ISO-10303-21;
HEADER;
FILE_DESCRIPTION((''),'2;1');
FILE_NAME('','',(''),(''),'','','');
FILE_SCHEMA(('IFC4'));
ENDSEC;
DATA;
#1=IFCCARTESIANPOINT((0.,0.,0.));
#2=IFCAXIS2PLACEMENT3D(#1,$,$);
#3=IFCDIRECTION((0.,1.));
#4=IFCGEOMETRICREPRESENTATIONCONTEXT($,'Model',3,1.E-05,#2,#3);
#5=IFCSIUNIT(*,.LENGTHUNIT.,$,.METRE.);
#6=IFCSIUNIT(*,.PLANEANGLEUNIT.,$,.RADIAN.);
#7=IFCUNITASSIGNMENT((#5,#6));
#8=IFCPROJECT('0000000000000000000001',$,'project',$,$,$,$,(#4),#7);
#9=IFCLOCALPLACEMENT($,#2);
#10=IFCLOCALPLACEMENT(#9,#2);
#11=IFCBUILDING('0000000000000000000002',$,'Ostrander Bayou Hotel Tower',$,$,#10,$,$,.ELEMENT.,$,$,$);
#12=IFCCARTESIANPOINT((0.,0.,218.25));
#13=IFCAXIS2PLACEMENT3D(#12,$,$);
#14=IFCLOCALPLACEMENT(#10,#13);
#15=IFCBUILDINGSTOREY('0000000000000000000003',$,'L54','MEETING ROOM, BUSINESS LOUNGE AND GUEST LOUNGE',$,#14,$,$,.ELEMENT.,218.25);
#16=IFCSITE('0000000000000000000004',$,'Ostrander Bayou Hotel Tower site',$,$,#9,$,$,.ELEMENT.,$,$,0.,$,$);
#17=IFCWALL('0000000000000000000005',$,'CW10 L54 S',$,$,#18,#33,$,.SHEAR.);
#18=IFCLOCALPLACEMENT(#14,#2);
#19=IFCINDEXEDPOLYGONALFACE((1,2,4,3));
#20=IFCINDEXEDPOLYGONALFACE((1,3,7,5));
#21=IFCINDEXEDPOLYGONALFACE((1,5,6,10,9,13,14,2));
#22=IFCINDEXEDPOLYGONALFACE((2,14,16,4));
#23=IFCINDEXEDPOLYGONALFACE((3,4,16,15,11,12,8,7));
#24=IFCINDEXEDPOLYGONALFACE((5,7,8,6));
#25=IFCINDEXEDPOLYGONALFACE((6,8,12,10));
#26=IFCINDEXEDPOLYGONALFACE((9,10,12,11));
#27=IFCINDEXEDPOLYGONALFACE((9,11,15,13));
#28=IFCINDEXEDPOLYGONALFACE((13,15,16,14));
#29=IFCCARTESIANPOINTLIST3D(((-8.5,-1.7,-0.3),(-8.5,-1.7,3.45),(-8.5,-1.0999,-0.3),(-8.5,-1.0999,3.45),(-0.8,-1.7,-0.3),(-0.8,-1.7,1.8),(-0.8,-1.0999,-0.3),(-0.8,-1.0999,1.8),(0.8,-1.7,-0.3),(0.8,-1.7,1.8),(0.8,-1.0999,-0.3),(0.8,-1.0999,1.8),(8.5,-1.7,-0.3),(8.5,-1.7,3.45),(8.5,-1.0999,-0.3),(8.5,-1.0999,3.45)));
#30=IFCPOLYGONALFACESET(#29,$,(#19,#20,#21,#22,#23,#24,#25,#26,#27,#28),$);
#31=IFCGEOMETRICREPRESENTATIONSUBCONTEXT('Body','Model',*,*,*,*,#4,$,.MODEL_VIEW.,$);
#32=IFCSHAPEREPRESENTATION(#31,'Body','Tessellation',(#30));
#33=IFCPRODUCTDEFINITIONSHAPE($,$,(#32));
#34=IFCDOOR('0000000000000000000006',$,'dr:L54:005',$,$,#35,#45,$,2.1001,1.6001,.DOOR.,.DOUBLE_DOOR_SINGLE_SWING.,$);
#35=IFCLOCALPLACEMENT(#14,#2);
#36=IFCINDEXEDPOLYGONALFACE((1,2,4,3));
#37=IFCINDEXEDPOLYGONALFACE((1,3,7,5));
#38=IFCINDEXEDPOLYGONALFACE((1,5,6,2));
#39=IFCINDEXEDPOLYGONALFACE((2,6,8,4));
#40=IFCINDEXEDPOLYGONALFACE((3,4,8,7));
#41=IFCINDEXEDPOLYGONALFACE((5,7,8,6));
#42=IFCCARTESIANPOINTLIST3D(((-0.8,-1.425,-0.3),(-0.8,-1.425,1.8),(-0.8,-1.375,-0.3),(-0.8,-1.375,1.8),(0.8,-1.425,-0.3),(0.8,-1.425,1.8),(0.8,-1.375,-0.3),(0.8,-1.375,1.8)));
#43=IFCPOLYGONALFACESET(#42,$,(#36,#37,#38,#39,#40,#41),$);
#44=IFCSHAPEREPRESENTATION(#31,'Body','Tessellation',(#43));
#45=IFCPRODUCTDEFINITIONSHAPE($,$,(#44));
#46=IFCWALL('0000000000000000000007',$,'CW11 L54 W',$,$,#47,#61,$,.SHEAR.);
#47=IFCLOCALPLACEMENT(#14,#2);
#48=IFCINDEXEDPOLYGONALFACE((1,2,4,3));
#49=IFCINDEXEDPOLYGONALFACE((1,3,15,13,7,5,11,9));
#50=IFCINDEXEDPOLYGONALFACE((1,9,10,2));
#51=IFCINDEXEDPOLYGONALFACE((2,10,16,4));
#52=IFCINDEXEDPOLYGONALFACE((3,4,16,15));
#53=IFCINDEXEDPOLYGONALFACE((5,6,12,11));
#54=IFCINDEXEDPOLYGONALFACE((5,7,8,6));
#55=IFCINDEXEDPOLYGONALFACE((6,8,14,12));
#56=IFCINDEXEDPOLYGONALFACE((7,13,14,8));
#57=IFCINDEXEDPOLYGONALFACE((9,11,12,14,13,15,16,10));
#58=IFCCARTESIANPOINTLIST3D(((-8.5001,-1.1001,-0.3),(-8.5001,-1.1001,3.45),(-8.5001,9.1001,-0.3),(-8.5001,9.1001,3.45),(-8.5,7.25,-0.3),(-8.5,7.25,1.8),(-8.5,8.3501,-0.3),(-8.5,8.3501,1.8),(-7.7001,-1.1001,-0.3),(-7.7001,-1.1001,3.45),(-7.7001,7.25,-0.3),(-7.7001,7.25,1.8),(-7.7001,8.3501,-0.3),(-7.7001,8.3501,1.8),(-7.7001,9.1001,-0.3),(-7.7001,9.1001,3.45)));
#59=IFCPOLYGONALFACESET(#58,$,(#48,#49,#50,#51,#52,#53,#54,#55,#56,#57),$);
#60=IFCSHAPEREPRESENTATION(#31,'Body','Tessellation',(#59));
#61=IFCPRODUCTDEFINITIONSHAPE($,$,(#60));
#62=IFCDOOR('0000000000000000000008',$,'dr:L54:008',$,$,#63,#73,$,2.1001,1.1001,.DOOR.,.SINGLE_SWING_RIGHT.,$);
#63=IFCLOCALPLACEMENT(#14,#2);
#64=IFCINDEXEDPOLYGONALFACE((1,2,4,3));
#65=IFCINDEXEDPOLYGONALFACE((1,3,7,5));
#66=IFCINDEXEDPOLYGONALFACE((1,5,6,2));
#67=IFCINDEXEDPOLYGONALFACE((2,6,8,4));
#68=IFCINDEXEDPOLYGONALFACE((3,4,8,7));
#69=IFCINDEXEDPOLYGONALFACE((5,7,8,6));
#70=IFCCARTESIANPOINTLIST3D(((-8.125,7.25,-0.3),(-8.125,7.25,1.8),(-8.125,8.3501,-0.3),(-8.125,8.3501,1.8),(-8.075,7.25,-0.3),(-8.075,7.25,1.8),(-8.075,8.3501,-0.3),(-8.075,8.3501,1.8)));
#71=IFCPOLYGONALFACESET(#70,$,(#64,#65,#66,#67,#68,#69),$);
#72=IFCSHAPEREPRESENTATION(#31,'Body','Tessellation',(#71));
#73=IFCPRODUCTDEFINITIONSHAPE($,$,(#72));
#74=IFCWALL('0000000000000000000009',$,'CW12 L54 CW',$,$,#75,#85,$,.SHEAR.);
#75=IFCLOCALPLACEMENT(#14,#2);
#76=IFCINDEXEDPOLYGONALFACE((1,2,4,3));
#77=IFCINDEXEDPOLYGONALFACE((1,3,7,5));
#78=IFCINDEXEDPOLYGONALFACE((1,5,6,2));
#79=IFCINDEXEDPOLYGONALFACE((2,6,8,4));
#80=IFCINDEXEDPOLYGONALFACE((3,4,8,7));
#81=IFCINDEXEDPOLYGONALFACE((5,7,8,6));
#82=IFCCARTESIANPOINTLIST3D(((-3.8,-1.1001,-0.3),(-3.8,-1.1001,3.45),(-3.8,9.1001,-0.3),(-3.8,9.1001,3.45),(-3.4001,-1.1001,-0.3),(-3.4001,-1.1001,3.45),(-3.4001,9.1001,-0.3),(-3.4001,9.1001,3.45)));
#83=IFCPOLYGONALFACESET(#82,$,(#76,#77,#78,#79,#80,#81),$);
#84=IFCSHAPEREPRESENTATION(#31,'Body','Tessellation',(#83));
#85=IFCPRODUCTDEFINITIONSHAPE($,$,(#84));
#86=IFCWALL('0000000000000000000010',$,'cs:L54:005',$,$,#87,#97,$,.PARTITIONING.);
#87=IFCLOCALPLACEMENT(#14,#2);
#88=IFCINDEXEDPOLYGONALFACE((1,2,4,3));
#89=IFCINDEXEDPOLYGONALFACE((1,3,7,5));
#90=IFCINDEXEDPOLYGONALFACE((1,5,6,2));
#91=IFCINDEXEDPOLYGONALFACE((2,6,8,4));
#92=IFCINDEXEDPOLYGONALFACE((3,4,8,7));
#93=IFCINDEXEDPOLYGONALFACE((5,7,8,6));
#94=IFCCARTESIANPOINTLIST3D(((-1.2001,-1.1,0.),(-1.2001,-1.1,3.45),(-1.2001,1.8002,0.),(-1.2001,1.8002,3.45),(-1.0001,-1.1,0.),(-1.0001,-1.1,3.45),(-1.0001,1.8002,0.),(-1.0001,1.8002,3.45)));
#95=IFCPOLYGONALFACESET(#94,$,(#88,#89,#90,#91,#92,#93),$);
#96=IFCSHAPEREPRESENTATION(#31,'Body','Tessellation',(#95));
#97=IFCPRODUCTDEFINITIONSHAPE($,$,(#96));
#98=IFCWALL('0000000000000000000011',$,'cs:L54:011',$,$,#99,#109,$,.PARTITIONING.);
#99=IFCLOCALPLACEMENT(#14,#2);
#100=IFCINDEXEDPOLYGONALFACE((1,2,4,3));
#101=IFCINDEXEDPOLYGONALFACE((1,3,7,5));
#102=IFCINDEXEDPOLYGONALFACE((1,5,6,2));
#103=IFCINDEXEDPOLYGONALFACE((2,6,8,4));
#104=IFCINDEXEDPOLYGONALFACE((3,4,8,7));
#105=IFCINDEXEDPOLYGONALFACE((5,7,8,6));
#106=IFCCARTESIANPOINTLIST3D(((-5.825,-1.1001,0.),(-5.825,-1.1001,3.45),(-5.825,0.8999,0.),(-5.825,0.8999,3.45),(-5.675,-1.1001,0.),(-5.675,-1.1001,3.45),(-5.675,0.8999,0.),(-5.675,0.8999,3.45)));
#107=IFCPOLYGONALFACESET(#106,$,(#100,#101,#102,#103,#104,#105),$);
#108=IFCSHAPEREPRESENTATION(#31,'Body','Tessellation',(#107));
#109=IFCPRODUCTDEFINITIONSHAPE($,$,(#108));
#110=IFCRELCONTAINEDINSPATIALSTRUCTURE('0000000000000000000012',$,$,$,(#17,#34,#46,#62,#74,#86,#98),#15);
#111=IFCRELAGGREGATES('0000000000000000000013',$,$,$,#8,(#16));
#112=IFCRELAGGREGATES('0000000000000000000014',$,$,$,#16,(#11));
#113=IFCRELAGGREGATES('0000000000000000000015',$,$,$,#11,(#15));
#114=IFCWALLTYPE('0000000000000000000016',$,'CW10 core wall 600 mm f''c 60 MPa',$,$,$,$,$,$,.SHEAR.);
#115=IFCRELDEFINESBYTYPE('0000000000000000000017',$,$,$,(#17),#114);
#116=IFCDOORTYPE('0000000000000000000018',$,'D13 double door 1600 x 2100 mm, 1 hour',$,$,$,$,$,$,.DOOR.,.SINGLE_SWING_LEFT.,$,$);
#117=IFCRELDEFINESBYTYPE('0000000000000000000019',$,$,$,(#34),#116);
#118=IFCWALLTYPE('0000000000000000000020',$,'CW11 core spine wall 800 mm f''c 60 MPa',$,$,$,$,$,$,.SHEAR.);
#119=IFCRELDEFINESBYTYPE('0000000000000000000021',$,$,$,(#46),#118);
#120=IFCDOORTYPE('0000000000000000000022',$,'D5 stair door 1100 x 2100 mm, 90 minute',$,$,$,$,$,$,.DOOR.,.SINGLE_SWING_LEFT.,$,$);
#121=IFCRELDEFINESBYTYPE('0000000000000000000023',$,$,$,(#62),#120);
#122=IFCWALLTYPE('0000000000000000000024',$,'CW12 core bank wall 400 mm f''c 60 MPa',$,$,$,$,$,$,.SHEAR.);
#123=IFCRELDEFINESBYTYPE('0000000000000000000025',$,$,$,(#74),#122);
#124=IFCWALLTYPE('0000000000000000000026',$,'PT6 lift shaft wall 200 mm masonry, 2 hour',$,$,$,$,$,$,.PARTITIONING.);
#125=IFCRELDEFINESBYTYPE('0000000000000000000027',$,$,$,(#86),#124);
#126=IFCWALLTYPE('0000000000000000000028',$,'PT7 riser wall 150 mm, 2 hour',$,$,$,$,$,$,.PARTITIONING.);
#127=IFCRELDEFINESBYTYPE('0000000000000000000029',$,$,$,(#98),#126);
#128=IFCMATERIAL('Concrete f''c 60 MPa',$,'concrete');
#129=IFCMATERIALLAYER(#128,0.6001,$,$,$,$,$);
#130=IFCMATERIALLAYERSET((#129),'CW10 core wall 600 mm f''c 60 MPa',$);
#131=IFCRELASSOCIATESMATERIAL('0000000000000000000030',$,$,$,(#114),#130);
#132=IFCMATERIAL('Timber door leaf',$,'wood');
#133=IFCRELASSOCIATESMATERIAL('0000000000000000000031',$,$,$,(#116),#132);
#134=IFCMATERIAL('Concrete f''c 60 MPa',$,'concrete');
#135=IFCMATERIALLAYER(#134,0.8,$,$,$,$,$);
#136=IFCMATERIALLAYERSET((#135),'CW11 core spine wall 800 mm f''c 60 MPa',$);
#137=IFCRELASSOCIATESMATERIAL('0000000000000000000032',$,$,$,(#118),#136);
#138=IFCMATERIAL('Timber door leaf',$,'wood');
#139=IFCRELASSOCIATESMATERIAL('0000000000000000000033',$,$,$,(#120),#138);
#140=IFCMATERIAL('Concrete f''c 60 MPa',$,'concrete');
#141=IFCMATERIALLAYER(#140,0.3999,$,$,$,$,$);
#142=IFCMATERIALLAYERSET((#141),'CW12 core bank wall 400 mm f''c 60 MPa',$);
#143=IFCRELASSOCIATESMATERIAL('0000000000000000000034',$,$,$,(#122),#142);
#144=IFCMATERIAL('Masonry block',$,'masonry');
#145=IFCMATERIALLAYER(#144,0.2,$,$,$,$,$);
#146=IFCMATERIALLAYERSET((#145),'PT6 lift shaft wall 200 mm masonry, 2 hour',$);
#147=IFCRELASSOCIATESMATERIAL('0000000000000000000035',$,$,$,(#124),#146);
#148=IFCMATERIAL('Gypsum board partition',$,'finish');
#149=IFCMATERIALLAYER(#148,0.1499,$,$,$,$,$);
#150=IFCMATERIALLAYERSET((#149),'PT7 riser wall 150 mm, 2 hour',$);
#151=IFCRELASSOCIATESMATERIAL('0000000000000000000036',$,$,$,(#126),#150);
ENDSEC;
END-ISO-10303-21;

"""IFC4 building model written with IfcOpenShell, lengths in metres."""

from ifc_helpers import new_model, si_unit, direction, frame, frame_2d, origin, place, context, subcontext, project, spatial, rectangle, extrude, material, layer, layer_set, type_object, element, fill, save


model = new_model("IFC4")

# Units and contexts
model_context = context("Model", 3, precision=1e-05, world=origin(), true_north=direction((0.0, 1.0)))
body_context = subcontext(model_context, "Body", "Model", "MODEL_VIEW")
ifc_project = project(units=[si_unit("LENGTHUNIT", "METRE"), si_unit("PLANEANGLEUNIT", "RADIAN")], contexts=[model_context])

# Site, building, storey
site_placement = place(None, origin())
site = spatial("IfcSite", under=ifc_project, at=site_placement, Name="Ostrander Bayou Hotel Tower site", CompositionType="ELEMENT", RefElevation=0.0)
building_placement = place(site_placement, origin())
building = spatial("IfcBuilding", under=site, at=building_placement, Name="Ostrander Bayou Hotel Tower", CompositionType="ELEMENT")
storey_placement = place(building_placement, frame((0.0, 0.0, 218.25)))
storey = spatial("IfcBuildingStorey", under=building, at=storey_placement, Name="L54", Description="MEETING ROOM, BUSINESS LOUNGE AND GUEST LOUNGE", CompositionType="ELEMENT", Elevation=218.25)

# Walls, openings, doors
ifc_material_1 = material(Name="Concrete f'c 60 MPa", Category="concrete")
ifc_layer_1 = layer(ifc_material_1, 0.6001)
ifc_layer_set_1 = layer_set([ifc_layer_1], Name="CW10 core wall 600 mm f'c 60 MPa")
wall_type_1 = type_object("IfcWallType", Name="CW10 core wall 600 mm f'c 60 MPa", PredefinedType="SHEAR", material=ifc_layer_set_1)
wall_1_placement = place(storey_placement, frame((-8.5, -1.3999, -0.3), z_axis=(0.0, 0.0, 1.0), x_axis=(1.0, 0.0, 0.0)))
wall_1 = element("IfcWall", 1, at=wall_1_placement, inside=storey, type_object=wall_type_1, Name="CW10 L54 S", PredefinedType="SHEAR", context=body_context, shape_type="SweptSolid", body=[
    extrude(rectangle(XDim=17.0, YDim=0.6001, at=frame_2d((8.5, 0.0))), origin(), (0.0, 0.0, 1.0), 3.75),
])
opening_1_placement = place(wall_1_placement, frame((7.7, 0.0, 0.0)))
opening_1 = element("IfcOpeningElement", 2, at=opening_1_placement, cuts=wall_1, PredefinedType="OPENING", context=body_context, shape_type="SweptSolid", body=[
    extrude(rectangle(XDim=1.6001, YDim=2.1001, at=frame_2d((0.8, 1.05))), frame((0.0, 0.3, 0.0), z_axis=(0.0, -1.0, 0.0), x_axis=(1.0, 0.0, 0.0)), (0.0, 0.0, 1.0), 0.6001),
])
ifc_material_2 = material(Name="Timber door leaf", Category="wood")
door_type_1 = type_object("IfcDoorType", Name="D13 double door 1600 x 2100 mm, 1 hour", OperationType="SINGLE_SWING_LEFT", PredefinedType="DOOR", material=ifc_material_2)
door_1_placement = place(opening_1_placement, origin())
door_1 = element("IfcDoor", 3, at=door_1_placement, inside=storey, type_object=door_type_1, Name="dr:L54:005", OperationType="DOUBLE_DOOR_SINGLE_SWING", OverallHeight=2.1001, OverallWidth=1.6001, PredefinedType="DOOR", context=body_context, shape_type="SweptSolid", body=[
    extrude(rectangle(XDim=1.6001, YDim=2.1001, at=frame_2d((0.8, 1.05))), frame((0.0, 0.0249, 0.0), z_axis=(0.0, -1.0, 0.0), x_axis=(1.0, 0.0, 0.0)), (0.0, 0.0, 1.0), 0.05),
])
fill(opening_1, door_1)
ifc_material_3 = material(Name="Concrete f'c 60 MPa", Category="concrete")
ifc_layer_2 = layer(ifc_material_3, 0.8)
ifc_layer_set_2 = layer_set([ifc_layer_2], Name="CW11 core spine wall 800 mm f'c 60 MPa")
wall_type_2 = type_object("IfcWallType", Name="CW11 core spine wall 800 mm f'c 60 MPa", PredefinedType="SHEAR", material=ifc_layer_set_2)
wall_2_placement = place(storey_placement, frame((-8.1001, -1.1001, -0.3), z_axis=(0.0, 0.0, 1.0), x_axis=(0.0, 1.0, 0.0)))
wall_2 = element("IfcWall", 4, at=wall_2_placement, inside=storey, type_object=wall_type_2, Name="CW11 L54 W", PredefinedType="SHEAR", context=body_context, shape_type="SweptSolid", body=[
    extrude(rectangle(XDim=10.2002, YDim=0.8, at=frame_2d((5.1001, 0.0))), origin(), (0.0, 0.0, 1.0), 3.75),
])
opening_2_placement = place(wall_2_placement, frame((8.3501, 0.0, 0.0)))
opening_2 = element("IfcOpeningElement", 5, at=opening_2_placement, cuts=wall_2, PredefinedType="OPENING", context=body_context, shape_type="SweptSolid", body=[
    extrude(rectangle(XDim=1.1001, YDim=2.1001, at=frame_2d((0.55, 1.05))), frame((0.0, 0.3999, 0.0), z_axis=(0.0, -1.0, 0.0), x_axis=(1.0, 0.0, 0.0)), (0.0, 0.0, 1.0), 0.8),
])
ifc_material_4 = material(Name="Timber door leaf", Category="wood")
door_type_2 = type_object("IfcDoorType", Name="D5 stair door 1100 x 2100 mm, 90 minute", OperationType="SINGLE_SWING_LEFT", PredefinedType="DOOR", material=ifc_material_4)
door_2_placement = place(opening_2_placement, origin())
door_2 = element("IfcDoor", 6, at=door_2_placement, inside=storey, type_object=door_type_2, Name="dr:L54:008", OperationType="SINGLE_SWING_RIGHT", OverallHeight=2.1001, OverallWidth=1.1001, PredefinedType="DOOR", context=body_context, shape_type="SweptSolid", body=[
    extrude(rectangle(XDim=1.1001, YDim=2.1001, at=frame_2d((0.55, 1.05))), frame((0.0, 0.0249, 0.0), z_axis=(0.0, -1.0, 0.0), x_axis=(1.0, 0.0, 0.0)), (0.0, 0.0, 1.0), 0.05),
])
fill(opening_2, door_2)

# Walls
ifc_material_5 = material(Name="Concrete f'c 60 MPa", Category="concrete")
ifc_layer_3 = layer(ifc_material_5, 0.3999)
ifc_layer_set_3 = layer_set([ifc_layer_3], Name="CW12 core bank wall 400 mm f'c 60 MPa")
wall_type_3 = type_object("IfcWallType", Name="CW12 core bank wall 400 mm f'c 60 MPa", PredefinedType="SHEAR", material=ifc_layer_set_3)
wall_3_placement = place(storey_placement, frame((-3.6001, -1.1001, -0.3), z_axis=(0.0, 0.0, 1.0), x_axis=(0.0, 1.0, 0.0)))
element("IfcWall", 7, at=wall_3_placement, inside=storey, type_object=wall_type_3, Name="CW12 L54 CW", PredefinedType="SHEAR", context=body_context, shape_type="SweptSolid", body=[
    extrude(rectangle(XDim=10.2002, YDim=0.3999, at=frame_2d((5.1001, 0.0))), origin(), (0.0, 0.0, 1.0), 3.75),
])
ifc_material_6 = material(Name="Masonry block", Category="masonry")
ifc_layer_4 = layer(ifc_material_6, 0.2)
ifc_layer_set_4 = layer_set([ifc_layer_4], Name="PT6 lift shaft wall 200 mm masonry, 2 hour")
wall_type_4 = type_object("IfcWallType", Name="PT6 lift shaft wall 200 mm masonry, 2 hour", PredefinedType="PARTITIONING", material=ifc_layer_set_4)
wall_4_placement = place(storey_placement, frame((-1.1001, -1.1001, 0.0), z_axis=(0.0, 0.0, 1.0), x_axis=(0.0, 1.0, 0.0)))
element("IfcWall", 8, at=wall_4_placement, inside=storey, type_object=wall_type_4, Name="cs:L54:005", PredefinedType="PARTITIONING", context=body_context, shape_type="SweptSolid", body=[
    extrude(rectangle(XDim=2.9001, YDim=0.2, at=frame_2d((1.4502, 0.0))), origin(), (0.0, 0.0, 1.0), 3.45),
])
ifc_material_7 = material(Name="Gypsum board partition", Category="finish")
ifc_layer_5 = layer(ifc_material_7, 0.1499)
ifc_layer_set_5 = layer_set([ifc_layer_5], Name="PT7 riser wall 150 mm, 2 hour")
wall_type_5 = type_object("IfcWallType", Name="PT7 riser wall 150 mm, 2 hour", PredefinedType="PARTITIONING", material=ifc_layer_set_5)
wall_5_placement = place(storey_placement, frame((-5.75, -1.1001, 0.0), z_axis=(0.0, 0.0, 1.0), x_axis=(0.0, 1.0, 0.0)))
element("IfcWall", 9, at=wall_5_placement, inside=storey, type_object=wall_type_5, Name="cs:L54:011", PredefinedType="PARTITIONING", context=body_context, shape_type="SweptSolid", body=[
    extrude(rectangle(XDim=2.0, YDim=0.1499, at=frame_2d((1.0, 0.0))), origin(), (0.0, 0.0, 1.0), 3.45),
])

save(model, "model.ifc")
